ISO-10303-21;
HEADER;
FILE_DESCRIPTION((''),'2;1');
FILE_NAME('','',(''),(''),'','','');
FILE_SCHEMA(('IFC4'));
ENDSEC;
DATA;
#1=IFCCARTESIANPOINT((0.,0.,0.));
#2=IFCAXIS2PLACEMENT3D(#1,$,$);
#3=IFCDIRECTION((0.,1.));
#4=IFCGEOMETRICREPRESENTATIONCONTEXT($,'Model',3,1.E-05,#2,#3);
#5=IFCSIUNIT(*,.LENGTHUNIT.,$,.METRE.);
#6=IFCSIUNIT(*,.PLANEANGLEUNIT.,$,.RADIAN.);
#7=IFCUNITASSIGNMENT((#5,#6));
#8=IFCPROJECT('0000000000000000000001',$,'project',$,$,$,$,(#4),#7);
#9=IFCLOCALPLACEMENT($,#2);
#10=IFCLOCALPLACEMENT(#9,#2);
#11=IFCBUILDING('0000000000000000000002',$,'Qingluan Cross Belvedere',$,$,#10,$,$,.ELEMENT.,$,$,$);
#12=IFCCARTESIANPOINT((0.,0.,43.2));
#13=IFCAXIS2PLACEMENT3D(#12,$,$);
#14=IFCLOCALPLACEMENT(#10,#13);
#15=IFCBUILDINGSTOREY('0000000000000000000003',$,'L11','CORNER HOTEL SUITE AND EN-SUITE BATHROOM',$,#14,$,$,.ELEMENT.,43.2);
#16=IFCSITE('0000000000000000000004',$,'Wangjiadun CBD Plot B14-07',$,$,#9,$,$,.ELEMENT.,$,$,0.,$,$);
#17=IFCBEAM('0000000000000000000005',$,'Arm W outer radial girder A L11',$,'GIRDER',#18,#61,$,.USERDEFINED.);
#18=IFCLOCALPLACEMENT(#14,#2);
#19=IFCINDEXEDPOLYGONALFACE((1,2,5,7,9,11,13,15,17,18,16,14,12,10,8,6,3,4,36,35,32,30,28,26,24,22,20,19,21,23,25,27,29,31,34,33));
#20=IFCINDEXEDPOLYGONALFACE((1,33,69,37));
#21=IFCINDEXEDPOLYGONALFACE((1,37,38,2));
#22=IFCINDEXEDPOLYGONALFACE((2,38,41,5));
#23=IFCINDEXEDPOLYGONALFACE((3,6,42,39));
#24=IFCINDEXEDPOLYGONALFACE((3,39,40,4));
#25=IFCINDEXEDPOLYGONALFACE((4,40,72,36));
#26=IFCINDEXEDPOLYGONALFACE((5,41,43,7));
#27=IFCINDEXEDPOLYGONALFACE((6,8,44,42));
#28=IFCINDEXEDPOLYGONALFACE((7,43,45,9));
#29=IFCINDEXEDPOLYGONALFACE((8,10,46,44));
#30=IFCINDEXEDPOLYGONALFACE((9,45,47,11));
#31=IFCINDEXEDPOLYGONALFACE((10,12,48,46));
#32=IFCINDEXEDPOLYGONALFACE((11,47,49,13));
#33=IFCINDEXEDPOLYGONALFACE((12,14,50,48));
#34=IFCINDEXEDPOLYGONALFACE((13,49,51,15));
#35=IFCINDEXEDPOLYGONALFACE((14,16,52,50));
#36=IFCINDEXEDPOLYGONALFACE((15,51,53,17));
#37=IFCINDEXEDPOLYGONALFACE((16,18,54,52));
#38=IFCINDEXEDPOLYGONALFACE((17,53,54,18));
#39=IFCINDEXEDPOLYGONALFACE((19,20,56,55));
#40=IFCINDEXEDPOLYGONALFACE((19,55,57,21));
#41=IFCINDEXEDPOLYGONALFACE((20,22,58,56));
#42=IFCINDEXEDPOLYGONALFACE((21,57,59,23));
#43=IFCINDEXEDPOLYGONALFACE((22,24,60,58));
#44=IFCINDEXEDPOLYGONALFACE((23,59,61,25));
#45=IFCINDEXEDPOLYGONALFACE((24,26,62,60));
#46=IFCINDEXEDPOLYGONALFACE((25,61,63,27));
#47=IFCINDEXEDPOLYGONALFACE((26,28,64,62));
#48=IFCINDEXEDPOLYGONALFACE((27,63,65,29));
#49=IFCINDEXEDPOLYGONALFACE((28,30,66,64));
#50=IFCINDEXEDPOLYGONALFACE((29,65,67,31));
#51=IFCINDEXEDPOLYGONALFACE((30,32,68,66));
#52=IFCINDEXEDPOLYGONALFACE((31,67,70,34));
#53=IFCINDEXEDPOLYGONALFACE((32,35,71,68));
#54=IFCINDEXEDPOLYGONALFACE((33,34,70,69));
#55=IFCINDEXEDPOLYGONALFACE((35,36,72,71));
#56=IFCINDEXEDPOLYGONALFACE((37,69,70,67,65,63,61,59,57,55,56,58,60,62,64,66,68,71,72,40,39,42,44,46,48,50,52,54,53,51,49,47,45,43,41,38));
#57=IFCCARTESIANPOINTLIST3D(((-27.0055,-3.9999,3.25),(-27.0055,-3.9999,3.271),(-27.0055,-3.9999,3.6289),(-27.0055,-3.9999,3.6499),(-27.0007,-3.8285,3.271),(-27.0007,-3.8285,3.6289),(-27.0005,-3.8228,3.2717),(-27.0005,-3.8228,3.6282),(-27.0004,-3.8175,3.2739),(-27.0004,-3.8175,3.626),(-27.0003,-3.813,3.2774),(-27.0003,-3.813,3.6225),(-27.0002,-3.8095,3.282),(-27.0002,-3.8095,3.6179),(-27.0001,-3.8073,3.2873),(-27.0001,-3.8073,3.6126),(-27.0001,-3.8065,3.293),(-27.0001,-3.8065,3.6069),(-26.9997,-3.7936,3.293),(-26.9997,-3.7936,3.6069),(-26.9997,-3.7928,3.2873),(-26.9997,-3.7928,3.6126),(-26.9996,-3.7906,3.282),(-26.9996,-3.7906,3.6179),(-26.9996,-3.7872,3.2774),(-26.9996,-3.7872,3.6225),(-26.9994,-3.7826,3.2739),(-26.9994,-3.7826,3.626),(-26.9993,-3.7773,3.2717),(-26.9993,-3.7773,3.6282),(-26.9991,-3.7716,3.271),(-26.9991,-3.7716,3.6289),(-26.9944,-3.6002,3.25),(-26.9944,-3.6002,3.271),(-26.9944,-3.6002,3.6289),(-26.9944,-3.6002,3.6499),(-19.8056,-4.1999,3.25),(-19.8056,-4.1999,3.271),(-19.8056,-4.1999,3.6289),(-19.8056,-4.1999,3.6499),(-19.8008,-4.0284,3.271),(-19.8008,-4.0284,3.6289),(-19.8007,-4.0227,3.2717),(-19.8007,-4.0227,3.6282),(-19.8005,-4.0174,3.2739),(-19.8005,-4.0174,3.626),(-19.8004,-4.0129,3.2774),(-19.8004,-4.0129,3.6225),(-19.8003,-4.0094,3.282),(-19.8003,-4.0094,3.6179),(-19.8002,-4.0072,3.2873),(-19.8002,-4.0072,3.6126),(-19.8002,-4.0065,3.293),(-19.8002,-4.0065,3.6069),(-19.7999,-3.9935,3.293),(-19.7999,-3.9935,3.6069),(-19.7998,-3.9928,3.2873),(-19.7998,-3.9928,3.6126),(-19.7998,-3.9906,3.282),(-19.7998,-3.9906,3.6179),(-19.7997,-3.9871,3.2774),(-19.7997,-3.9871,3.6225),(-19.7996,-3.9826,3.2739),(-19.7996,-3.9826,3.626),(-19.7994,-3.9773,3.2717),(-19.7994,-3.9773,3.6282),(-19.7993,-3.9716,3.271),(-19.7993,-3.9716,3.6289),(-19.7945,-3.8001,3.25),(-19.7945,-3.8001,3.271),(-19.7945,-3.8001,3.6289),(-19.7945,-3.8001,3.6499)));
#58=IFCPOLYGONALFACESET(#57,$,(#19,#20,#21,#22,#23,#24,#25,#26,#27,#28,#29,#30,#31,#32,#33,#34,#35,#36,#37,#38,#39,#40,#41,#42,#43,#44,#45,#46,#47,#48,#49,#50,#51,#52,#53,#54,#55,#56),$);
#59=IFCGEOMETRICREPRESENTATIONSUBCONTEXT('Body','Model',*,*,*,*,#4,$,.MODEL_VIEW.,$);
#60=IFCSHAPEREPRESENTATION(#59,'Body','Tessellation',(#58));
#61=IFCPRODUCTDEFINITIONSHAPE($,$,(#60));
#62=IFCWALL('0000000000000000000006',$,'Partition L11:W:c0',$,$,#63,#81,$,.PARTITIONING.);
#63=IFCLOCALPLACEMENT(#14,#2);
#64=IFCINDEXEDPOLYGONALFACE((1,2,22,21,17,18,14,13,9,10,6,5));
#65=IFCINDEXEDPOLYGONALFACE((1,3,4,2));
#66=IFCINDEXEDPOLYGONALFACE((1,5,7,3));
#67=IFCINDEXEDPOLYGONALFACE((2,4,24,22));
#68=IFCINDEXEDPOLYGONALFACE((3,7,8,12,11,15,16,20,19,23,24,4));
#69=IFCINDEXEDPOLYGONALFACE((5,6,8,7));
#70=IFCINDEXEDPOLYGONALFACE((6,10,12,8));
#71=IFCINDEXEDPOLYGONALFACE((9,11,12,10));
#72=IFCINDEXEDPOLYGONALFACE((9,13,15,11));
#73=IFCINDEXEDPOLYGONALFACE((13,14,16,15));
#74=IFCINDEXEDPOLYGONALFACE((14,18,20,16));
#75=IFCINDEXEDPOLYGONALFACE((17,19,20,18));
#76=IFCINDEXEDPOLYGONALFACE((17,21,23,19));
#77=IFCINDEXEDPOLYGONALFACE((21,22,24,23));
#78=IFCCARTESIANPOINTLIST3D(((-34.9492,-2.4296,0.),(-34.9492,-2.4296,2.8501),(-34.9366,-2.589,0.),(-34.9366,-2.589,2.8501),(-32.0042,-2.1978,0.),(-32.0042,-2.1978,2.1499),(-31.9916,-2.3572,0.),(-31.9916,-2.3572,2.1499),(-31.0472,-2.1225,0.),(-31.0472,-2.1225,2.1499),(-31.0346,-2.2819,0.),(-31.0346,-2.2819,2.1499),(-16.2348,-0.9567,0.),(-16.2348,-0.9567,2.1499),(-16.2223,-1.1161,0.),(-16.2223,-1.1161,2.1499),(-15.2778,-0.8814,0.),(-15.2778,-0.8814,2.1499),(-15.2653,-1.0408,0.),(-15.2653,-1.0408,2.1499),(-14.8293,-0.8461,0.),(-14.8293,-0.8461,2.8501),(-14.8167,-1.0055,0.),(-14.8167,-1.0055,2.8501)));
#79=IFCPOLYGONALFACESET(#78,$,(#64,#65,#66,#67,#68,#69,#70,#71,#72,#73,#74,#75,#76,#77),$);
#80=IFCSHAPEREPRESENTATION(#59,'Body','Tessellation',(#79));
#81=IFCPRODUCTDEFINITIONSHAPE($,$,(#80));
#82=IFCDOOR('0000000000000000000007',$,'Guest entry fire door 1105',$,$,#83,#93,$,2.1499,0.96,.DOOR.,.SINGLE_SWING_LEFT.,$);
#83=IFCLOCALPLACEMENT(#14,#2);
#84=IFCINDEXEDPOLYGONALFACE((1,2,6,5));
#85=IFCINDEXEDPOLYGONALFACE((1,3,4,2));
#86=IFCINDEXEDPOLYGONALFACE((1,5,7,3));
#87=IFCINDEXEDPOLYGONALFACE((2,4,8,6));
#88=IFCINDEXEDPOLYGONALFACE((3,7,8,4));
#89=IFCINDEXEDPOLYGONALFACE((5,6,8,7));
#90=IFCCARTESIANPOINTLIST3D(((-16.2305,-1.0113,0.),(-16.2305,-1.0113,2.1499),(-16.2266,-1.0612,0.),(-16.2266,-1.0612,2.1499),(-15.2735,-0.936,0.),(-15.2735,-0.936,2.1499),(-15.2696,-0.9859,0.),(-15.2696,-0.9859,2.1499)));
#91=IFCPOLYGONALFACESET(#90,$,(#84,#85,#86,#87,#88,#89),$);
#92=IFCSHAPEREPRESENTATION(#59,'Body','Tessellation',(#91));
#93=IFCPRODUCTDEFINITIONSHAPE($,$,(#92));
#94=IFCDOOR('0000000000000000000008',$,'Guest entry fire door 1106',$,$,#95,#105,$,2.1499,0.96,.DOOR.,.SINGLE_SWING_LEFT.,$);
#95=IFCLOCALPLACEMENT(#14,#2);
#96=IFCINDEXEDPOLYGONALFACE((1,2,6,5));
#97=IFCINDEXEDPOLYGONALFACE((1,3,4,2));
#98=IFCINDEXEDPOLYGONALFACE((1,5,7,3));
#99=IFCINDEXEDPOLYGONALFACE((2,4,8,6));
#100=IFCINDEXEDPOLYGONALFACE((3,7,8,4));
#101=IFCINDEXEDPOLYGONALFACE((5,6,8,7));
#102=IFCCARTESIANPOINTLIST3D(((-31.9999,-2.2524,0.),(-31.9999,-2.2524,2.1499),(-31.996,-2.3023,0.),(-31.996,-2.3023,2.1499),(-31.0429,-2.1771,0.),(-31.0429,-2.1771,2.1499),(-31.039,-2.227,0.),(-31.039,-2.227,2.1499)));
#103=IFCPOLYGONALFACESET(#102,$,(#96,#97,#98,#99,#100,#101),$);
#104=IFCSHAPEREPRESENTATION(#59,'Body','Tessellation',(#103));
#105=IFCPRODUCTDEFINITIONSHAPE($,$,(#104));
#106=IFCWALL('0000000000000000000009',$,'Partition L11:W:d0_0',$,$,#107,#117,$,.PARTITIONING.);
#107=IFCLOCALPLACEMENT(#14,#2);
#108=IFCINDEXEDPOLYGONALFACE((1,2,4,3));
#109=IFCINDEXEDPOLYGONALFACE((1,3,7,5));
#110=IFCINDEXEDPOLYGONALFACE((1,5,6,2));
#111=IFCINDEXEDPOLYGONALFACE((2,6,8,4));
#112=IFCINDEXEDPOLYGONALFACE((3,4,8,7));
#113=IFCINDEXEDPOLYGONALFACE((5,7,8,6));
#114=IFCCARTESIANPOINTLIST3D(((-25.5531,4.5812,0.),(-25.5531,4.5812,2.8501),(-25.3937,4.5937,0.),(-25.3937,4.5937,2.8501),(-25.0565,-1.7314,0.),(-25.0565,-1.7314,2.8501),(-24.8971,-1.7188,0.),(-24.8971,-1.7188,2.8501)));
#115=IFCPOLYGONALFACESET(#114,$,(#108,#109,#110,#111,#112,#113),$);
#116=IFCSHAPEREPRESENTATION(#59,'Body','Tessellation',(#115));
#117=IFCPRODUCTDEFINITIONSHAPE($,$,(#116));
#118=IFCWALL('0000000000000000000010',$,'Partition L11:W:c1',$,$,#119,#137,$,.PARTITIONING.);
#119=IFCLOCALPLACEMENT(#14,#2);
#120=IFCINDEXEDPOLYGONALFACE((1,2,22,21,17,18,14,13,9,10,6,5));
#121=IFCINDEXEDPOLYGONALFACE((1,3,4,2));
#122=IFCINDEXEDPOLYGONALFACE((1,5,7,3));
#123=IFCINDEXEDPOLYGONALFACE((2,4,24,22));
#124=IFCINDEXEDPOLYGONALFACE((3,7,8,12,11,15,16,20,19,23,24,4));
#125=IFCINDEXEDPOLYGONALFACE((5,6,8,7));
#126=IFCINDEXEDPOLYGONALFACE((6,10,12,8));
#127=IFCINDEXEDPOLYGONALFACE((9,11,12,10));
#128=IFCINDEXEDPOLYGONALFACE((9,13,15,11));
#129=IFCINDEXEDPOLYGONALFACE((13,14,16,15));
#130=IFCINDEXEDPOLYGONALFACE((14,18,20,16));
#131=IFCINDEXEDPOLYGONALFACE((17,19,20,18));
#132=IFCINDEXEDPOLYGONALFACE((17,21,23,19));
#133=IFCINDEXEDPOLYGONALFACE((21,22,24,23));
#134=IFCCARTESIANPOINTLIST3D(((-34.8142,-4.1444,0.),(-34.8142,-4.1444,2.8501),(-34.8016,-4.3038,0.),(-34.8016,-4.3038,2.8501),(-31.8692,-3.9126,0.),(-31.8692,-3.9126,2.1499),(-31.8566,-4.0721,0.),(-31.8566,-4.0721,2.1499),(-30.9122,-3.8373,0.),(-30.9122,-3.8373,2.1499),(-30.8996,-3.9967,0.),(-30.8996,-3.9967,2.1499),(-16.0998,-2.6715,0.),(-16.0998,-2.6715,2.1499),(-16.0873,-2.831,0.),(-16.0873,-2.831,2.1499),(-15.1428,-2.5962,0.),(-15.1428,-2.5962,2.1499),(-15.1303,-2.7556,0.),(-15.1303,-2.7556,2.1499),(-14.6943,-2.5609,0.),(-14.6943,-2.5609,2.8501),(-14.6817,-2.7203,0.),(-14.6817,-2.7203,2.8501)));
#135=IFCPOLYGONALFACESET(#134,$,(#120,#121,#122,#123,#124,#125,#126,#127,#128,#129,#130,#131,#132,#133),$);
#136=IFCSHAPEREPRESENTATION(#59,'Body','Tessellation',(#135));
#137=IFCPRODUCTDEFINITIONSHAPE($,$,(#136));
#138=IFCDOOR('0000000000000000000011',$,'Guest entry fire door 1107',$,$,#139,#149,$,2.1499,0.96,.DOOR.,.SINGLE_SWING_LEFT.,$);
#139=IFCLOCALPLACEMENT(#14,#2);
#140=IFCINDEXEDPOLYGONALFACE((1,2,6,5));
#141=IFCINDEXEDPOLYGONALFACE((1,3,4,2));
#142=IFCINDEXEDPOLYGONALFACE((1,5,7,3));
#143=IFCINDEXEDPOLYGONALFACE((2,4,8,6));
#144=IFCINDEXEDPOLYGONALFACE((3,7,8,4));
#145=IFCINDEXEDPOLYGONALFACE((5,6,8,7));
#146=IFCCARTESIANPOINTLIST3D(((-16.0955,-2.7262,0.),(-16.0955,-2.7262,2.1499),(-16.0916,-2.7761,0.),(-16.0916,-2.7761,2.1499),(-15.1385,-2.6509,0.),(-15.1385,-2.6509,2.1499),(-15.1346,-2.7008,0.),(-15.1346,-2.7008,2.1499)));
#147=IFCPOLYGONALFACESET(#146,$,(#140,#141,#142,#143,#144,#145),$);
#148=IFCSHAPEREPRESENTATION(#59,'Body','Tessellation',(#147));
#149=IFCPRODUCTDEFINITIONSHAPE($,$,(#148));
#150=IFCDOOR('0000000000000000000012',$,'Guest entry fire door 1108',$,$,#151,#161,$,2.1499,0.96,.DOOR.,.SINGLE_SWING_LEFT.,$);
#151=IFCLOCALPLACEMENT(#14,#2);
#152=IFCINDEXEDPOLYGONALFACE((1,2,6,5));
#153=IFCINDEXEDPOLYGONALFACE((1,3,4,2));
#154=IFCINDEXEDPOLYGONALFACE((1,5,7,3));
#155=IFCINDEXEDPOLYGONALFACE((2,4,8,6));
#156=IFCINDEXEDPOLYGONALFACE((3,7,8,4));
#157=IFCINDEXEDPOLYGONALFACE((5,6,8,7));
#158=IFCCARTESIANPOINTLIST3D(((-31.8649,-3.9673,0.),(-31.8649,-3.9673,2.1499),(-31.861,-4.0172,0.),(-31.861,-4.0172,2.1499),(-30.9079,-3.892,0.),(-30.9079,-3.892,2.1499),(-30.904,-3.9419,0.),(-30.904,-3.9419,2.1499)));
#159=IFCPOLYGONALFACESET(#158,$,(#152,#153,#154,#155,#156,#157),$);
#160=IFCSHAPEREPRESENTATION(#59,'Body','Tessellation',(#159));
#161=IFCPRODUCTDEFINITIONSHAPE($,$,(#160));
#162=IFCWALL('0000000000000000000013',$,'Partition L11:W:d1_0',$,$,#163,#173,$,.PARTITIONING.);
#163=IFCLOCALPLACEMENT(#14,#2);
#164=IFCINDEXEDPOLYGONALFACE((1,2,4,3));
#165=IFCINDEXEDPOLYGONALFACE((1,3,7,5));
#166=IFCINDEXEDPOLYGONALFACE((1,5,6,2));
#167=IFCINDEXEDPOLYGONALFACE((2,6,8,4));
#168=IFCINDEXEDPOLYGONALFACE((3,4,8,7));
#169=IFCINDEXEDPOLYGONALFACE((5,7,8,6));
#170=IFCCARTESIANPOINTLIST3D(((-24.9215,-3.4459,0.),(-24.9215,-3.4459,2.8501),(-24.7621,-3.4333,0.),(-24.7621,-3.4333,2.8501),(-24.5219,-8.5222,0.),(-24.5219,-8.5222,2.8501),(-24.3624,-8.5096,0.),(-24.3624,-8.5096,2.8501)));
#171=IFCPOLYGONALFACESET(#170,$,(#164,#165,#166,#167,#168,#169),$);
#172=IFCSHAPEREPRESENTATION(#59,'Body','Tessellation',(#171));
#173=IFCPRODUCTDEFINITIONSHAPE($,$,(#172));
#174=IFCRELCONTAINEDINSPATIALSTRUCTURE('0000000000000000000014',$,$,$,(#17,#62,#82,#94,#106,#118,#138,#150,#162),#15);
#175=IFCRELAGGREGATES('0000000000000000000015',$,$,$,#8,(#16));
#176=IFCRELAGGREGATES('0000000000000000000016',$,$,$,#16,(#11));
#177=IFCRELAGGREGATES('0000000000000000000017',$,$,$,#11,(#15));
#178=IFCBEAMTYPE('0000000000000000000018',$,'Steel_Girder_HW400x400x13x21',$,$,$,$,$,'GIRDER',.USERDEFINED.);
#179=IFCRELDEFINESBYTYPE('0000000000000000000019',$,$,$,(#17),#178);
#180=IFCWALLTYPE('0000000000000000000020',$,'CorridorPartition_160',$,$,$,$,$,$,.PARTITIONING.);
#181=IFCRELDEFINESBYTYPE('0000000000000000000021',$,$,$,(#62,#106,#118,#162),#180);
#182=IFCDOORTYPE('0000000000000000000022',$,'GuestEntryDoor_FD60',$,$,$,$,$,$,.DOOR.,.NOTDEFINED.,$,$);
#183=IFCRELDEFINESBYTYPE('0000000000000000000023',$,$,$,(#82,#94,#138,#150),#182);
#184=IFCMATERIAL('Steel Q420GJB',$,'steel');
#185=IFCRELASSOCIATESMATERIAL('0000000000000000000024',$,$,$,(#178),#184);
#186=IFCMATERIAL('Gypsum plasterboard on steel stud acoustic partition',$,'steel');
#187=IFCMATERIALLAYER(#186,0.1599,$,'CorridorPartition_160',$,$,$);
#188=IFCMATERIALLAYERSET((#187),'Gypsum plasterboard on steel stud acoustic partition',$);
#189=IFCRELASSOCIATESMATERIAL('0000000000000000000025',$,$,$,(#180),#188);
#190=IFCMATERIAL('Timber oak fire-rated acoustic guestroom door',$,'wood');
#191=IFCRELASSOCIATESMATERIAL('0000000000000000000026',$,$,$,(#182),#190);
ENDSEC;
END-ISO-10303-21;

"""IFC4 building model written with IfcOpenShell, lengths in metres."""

from ifc_helpers import new_model, si_unit, direction, frame, frame_2d, origin, origin_2d, place, context, subcontext, project, spatial, rectangle, i_section, extrude, material, layer, layer_set, material_profile, profile_set, type_object, element, fill, save


model = new_model("IFC4")

# Units and contexts
model_context = context("Model", 3, precision=1e-05, world=origin(), true_north=direction((0.0, 1.0)))
body_context = subcontext(model_context, "Body", "Model", "MODEL_VIEW")
ifc_project = project(units=[si_unit("LENGTHUNIT", "METRE"), si_unit("PLANEANGLEUNIT", "RADIAN")], contexts=[model_context])

# Site, building, storey
site_placement = place(None, origin())
site = spatial("IfcSite", under=ifc_project, at=site_placement, Name="Wangjiadun CBD Plot B14-07", CompositionType="ELEMENT", RefElevation=0.0)
building_placement = place(site_placement, origin())
building = spatial("IfcBuilding", under=site, at=building_placement, Name="Qingluan Cross Belvedere", CompositionType="ELEMENT")
storey_placement = place(building_placement, frame((0.0, 0.0, 43.2)))
storey = spatial("IfcBuildingStorey", under=building, at=storey_placement, Name="L11", Description="CORNER HOTEL SUITE AND EN-SUITE BATHROOM", CompositionType="ELEMENT", Elevation=43.2)

# Beam
ifc_material_1 = material(Name="Steel Q420GJB", Category="steel")
ifc_material_profile_1 = material_profile(ifc_material_1, i_section(OverallWidth=0.3999, OverallDepth=0.3999, WebThickness=0.0129, FlangeThickness=0.021, FilletRadius=0.022, at=origin_2d()), Name="HW400x400x13x21")
ifc_profile_set_1 = profile_set([ifc_material_profile_1], Name="Steel Q420GJB")
beam_type_1 = type_object("IfcBeamType", Name="Steel_Girder_HW400x400x13x21", ElementType="GIRDER", PredefinedType="USERDEFINED", material=ifc_profile_set_1)
beam_1_placement = place(storey_placement, frame((-19.8, -4.0, 3.45), z_axis=(-0.999615, 0.02776, 0.0), x_axis=(-0.02776, -0.999615, 0.0)))
element("IfcBeam", 1, at=beam_1_placement, inside=storey, type_object=beam_type_1, Name="Arm W outer radial girder A L11", ObjectType="GIRDER", PredefinedType="USERDEFINED", context=body_context, shape_type="SweptSolid", body=[
    extrude(i_section(OverallWidth=0.3999, OverallDepth=0.3999, WebThickness=0.0129, FlangeThickness=0.021, FilletRadius=0.022, at=origin_2d()), origin(), (0.0, 0.0, 1.0), 7.2026),
])

# Wall, openings, doors
ifc_material_2 = material(Name="Gypsum plasterboard on steel stud acoustic partition", Category="steel")
ifc_layer_1 = layer(ifc_material_2, 0.1599, Name="CorridorPartition_160")
ifc_layer_set_1 = layer_set([ifc_layer_1], Name="Gypsum plasterboard on steel stud acoustic partition")
wall_type_1 = type_object("IfcWallType", Name="CorridorPartition_160", PredefinedType="PARTITIONING", material=ifc_layer_set_1)
wall_1_placement = place(storey_placement, frame((-14.823, -0.9258, 0.0), z_axis=(0.0, 0.0, 1.0), x_axis=(-0.996917, -0.07846, 0.0)))
wall_1 = element("IfcWall", 2, at=wall_1_placement, inside=storey, type_object=wall_type_1, Name="Partition L11:W:c0", PredefinedType="PARTITIONING", context=body_context, shape_type="SweptSolid", body=[
    extrude(rectangle(XDim=20.1821, YDim=0.1599, at=frame_2d((10.0911, 0.0))), origin(), (0.0, 0.0, 1.0), 2.8501),
])
opening_1_placement = place(wall_1_placement, frame((0.45, 0.0, 0.0)))
opening_1 = element("IfcOpeningElement", 3, at=opening_1_placement, cuts=wall_1, PredefinedType="OPENING", context=body_context, shape_type="SweptSolid", body=[
    extrude(rectangle(XDim=0.96, YDim=2.1499, at=frame_2d((0.48, 1.075))), frame((0.0, 0.0898, 0.0), z_axis=(0.0, -1.0, 0.0), x_axis=(1.0, 0.0, 0.0)), (0.0, 0.0, 1.0), 0.1799),
])
opening_2_placement = place(wall_1_placement, frame((16.2681, 0.0, 0.0)))
opening_2 = element("IfcOpeningElement", 4, at=opening_2_placement, cuts=wall_1, PredefinedType="OPENING", context=body_context, shape_type="SweptSolid", body=[
    extrude(rectangle(XDim=0.96, YDim=2.1499, at=frame_2d((0.48, 1.075))), frame((0.0, 0.0898, 0.0), z_axis=(0.0, -1.0, 0.0), x_axis=(1.0, 0.0, 0.0)), (0.0, 0.0, 1.0), 0.1799),
])
ifc_material_3 = material(Name="Timber oak fire-rated acoustic guestroom door", Category="wood")
door_type_1 = type_object("IfcDoorType", Name="GuestEntryDoor_FD60", OperationType="NOTDEFINED", PredefinedType="DOOR", material=ifc_material_3)
door_1_placement = place(opening_1_placement, origin())
door_1 = element("IfcDoor", 5, at=door_1_placement, inside=storey, type_object=door_type_1, Name="Guest entry fire door 1105", OperationType="SINGLE_SWING_LEFT", OverallHeight=2.1499, OverallWidth=0.96, PredefinedType="DOOR", context=body_context, shape_type="SweptSolid", body=[
    extrude(rectangle(XDim=0.96, YDim=2.1499, at=frame_2d((0.48, 1.075))), frame((0.0, 0.0249, 0.0), z_axis=(0.0, -1.0, 0.0), x_axis=(1.0, 0.0, 0.0)), (0.0, 0.0, 1.0), 0.05),
])
fill(opening_1, door_1)
door_2_placement = place(opening_2_placement, origin())
door_2 = element("IfcDoor", 6, at=door_2_placement, inside=storey, type_object=door_type_1, Name="Guest entry fire door 1106", OperationType="SINGLE_SWING_LEFT", OverallHeight=2.1499, OverallWidth=0.96, PredefinedType="DOOR", context=body_context, shape_type="SweptSolid", body=[
    extrude(rectangle(XDim=0.96, YDim=2.1499, at=frame_2d((0.48, 1.075))), frame((0.0, 0.0249, 0.0), z_axis=(0.0, -1.0, 0.0), x_axis=(1.0, 0.0, 0.0)), (0.0, 0.0, 1.0), 0.05),
])
fill(opening_2, door_2)

# Wall
wall_2_placement = place(storey_placement, frame((-24.9768, -1.7251, 0.0), z_axis=(0.0, 0.0, 1.0), x_axis=(-0.078424, 0.99692, 0.0)))
element("IfcWall", 7, at=wall_2_placement, inside=storey, type_object=wall_type_1, Name="Partition L11:W:d0_0", PredefinedType="PARTITIONING", context=body_context, shape_type="SweptSolid", body=[
    extrude(rectangle(XDim=6.332, YDim=0.1599, at=frame_2d((3.166, 0.0))), origin(), (0.0, 0.0, 1.0), 2.8501),
])

# Wall, openings, doors
wall_3_placement = place(storey_placement, frame((-14.688, -2.6406, 0.0), z_axis=(0.0, 0.0, 1.0), x_axis=(-0.996917, -0.07846, 0.0)))
wall_3 = element("IfcWall", 8, at=wall_3_placement, inside=storey, type_object=wall_type_1, Name="Partition L11:W:c1", PredefinedType="PARTITIONING", context=body_context, shape_type="SweptSolid", body=[
    extrude(rectangle(XDim=20.1821, YDim=0.1599, at=frame_2d((10.0911, 0.0))), origin(), (0.0, 0.0, 1.0), 2.8501),
])
opening_3_placement = place(wall_3_placement, frame((0.45, 0.0, 0.0)))
opening_3 = element("IfcOpeningElement", 9, at=opening_3_placement, cuts=wall_3, PredefinedType="OPENING", context=body_context, shape_type="SweptSolid", body=[
    extrude(rectangle(XDim=0.96, YDim=2.1499, at=frame_2d((0.48, 1.075))), frame((0.0, 0.0898, 0.0), z_axis=(0.0, -1.0, 0.0), x_axis=(1.0, 0.0, 0.0)), (0.0, 0.0, 1.0), 0.1799),
])
opening_4_placement = place(wall_3_placement, frame((16.2681, 0.0, 0.0)))
opening_4 = element("IfcOpeningElement", 10, at=opening_4_placement, cuts=wall_3, PredefinedType="OPENING", context=body_context, shape_type="SweptSolid", body=[
    extrude(rectangle(XDim=0.96, YDim=2.1499, at=frame_2d((0.48, 1.075))), frame((0.0, 0.0898, 0.0), z_axis=(0.0, -1.0, 0.0), x_axis=(1.0, 0.0, 0.0)), (0.0, 0.0, 1.0), 0.1799),
])
door_3_placement = place(opening_3_placement, origin())
door_3 = element("IfcDoor", 11, at=door_3_placement, inside=storey, type_object=door_type_1, Name="Guest entry fire door 1107", OperationType="SINGLE_SWING_LEFT", OverallHeight=2.1499, OverallWidth=0.96, PredefinedType="DOOR", context=body_context, shape_type="SweptSolid", body=[
    extrude(rectangle(XDim=0.96, YDim=2.1499, at=frame_2d((0.48, 1.075))), frame((0.0, 0.0249, 0.0), z_axis=(0.0, -1.0, 0.0), x_axis=(1.0, 0.0, 0.0)), (0.0, 0.0, 1.0), 0.05),
])
fill(opening_3, door_3)
door_4_placement = place(opening_4_placement, origin())
door_4 = element("IfcDoor", 12, at=door_4_placement, inside=storey, type_object=door_type_1, Name="Guest entry fire door 1108", OperationType="SINGLE_SWING_LEFT", OverallHeight=2.1499, OverallWidth=0.96, PredefinedType="DOOR", context=body_context, shape_type="SweptSolid", body=[
    extrude(rectangle(XDim=0.96, YDim=2.1499, at=frame_2d((0.48, 1.075))), frame((0.0, 0.0249, 0.0), z_axis=(0.0, -1.0, 0.0), x_axis=(1.0, 0.0, 0.0)), (0.0, 0.0, 1.0), 0.05),
])
fill(opening_4, door_4)

# Wall
wall_4_placement = place(storey_placement, frame((-24.8418, -3.4397, 0.0), z_axis=(0.0, 0.0, 1.0), x_axis=(0.078486, -0.996915, 0.0)))
element("IfcWall", 13, at=wall_4_placement, inside=storey, type_object=wall_type_1, Name="Partition L11:W:d1_0", PredefinedType="PARTITIONING", context=body_context, shape_type="SweptSolid", body=[
    extrude(rectangle(XDim=5.092, YDim=0.1599, at=frame_2d((2.5459, 0.0))), origin(), (0.0, 0.0, 1.0), 2.8501),
])

save(model, "model.ifc")
